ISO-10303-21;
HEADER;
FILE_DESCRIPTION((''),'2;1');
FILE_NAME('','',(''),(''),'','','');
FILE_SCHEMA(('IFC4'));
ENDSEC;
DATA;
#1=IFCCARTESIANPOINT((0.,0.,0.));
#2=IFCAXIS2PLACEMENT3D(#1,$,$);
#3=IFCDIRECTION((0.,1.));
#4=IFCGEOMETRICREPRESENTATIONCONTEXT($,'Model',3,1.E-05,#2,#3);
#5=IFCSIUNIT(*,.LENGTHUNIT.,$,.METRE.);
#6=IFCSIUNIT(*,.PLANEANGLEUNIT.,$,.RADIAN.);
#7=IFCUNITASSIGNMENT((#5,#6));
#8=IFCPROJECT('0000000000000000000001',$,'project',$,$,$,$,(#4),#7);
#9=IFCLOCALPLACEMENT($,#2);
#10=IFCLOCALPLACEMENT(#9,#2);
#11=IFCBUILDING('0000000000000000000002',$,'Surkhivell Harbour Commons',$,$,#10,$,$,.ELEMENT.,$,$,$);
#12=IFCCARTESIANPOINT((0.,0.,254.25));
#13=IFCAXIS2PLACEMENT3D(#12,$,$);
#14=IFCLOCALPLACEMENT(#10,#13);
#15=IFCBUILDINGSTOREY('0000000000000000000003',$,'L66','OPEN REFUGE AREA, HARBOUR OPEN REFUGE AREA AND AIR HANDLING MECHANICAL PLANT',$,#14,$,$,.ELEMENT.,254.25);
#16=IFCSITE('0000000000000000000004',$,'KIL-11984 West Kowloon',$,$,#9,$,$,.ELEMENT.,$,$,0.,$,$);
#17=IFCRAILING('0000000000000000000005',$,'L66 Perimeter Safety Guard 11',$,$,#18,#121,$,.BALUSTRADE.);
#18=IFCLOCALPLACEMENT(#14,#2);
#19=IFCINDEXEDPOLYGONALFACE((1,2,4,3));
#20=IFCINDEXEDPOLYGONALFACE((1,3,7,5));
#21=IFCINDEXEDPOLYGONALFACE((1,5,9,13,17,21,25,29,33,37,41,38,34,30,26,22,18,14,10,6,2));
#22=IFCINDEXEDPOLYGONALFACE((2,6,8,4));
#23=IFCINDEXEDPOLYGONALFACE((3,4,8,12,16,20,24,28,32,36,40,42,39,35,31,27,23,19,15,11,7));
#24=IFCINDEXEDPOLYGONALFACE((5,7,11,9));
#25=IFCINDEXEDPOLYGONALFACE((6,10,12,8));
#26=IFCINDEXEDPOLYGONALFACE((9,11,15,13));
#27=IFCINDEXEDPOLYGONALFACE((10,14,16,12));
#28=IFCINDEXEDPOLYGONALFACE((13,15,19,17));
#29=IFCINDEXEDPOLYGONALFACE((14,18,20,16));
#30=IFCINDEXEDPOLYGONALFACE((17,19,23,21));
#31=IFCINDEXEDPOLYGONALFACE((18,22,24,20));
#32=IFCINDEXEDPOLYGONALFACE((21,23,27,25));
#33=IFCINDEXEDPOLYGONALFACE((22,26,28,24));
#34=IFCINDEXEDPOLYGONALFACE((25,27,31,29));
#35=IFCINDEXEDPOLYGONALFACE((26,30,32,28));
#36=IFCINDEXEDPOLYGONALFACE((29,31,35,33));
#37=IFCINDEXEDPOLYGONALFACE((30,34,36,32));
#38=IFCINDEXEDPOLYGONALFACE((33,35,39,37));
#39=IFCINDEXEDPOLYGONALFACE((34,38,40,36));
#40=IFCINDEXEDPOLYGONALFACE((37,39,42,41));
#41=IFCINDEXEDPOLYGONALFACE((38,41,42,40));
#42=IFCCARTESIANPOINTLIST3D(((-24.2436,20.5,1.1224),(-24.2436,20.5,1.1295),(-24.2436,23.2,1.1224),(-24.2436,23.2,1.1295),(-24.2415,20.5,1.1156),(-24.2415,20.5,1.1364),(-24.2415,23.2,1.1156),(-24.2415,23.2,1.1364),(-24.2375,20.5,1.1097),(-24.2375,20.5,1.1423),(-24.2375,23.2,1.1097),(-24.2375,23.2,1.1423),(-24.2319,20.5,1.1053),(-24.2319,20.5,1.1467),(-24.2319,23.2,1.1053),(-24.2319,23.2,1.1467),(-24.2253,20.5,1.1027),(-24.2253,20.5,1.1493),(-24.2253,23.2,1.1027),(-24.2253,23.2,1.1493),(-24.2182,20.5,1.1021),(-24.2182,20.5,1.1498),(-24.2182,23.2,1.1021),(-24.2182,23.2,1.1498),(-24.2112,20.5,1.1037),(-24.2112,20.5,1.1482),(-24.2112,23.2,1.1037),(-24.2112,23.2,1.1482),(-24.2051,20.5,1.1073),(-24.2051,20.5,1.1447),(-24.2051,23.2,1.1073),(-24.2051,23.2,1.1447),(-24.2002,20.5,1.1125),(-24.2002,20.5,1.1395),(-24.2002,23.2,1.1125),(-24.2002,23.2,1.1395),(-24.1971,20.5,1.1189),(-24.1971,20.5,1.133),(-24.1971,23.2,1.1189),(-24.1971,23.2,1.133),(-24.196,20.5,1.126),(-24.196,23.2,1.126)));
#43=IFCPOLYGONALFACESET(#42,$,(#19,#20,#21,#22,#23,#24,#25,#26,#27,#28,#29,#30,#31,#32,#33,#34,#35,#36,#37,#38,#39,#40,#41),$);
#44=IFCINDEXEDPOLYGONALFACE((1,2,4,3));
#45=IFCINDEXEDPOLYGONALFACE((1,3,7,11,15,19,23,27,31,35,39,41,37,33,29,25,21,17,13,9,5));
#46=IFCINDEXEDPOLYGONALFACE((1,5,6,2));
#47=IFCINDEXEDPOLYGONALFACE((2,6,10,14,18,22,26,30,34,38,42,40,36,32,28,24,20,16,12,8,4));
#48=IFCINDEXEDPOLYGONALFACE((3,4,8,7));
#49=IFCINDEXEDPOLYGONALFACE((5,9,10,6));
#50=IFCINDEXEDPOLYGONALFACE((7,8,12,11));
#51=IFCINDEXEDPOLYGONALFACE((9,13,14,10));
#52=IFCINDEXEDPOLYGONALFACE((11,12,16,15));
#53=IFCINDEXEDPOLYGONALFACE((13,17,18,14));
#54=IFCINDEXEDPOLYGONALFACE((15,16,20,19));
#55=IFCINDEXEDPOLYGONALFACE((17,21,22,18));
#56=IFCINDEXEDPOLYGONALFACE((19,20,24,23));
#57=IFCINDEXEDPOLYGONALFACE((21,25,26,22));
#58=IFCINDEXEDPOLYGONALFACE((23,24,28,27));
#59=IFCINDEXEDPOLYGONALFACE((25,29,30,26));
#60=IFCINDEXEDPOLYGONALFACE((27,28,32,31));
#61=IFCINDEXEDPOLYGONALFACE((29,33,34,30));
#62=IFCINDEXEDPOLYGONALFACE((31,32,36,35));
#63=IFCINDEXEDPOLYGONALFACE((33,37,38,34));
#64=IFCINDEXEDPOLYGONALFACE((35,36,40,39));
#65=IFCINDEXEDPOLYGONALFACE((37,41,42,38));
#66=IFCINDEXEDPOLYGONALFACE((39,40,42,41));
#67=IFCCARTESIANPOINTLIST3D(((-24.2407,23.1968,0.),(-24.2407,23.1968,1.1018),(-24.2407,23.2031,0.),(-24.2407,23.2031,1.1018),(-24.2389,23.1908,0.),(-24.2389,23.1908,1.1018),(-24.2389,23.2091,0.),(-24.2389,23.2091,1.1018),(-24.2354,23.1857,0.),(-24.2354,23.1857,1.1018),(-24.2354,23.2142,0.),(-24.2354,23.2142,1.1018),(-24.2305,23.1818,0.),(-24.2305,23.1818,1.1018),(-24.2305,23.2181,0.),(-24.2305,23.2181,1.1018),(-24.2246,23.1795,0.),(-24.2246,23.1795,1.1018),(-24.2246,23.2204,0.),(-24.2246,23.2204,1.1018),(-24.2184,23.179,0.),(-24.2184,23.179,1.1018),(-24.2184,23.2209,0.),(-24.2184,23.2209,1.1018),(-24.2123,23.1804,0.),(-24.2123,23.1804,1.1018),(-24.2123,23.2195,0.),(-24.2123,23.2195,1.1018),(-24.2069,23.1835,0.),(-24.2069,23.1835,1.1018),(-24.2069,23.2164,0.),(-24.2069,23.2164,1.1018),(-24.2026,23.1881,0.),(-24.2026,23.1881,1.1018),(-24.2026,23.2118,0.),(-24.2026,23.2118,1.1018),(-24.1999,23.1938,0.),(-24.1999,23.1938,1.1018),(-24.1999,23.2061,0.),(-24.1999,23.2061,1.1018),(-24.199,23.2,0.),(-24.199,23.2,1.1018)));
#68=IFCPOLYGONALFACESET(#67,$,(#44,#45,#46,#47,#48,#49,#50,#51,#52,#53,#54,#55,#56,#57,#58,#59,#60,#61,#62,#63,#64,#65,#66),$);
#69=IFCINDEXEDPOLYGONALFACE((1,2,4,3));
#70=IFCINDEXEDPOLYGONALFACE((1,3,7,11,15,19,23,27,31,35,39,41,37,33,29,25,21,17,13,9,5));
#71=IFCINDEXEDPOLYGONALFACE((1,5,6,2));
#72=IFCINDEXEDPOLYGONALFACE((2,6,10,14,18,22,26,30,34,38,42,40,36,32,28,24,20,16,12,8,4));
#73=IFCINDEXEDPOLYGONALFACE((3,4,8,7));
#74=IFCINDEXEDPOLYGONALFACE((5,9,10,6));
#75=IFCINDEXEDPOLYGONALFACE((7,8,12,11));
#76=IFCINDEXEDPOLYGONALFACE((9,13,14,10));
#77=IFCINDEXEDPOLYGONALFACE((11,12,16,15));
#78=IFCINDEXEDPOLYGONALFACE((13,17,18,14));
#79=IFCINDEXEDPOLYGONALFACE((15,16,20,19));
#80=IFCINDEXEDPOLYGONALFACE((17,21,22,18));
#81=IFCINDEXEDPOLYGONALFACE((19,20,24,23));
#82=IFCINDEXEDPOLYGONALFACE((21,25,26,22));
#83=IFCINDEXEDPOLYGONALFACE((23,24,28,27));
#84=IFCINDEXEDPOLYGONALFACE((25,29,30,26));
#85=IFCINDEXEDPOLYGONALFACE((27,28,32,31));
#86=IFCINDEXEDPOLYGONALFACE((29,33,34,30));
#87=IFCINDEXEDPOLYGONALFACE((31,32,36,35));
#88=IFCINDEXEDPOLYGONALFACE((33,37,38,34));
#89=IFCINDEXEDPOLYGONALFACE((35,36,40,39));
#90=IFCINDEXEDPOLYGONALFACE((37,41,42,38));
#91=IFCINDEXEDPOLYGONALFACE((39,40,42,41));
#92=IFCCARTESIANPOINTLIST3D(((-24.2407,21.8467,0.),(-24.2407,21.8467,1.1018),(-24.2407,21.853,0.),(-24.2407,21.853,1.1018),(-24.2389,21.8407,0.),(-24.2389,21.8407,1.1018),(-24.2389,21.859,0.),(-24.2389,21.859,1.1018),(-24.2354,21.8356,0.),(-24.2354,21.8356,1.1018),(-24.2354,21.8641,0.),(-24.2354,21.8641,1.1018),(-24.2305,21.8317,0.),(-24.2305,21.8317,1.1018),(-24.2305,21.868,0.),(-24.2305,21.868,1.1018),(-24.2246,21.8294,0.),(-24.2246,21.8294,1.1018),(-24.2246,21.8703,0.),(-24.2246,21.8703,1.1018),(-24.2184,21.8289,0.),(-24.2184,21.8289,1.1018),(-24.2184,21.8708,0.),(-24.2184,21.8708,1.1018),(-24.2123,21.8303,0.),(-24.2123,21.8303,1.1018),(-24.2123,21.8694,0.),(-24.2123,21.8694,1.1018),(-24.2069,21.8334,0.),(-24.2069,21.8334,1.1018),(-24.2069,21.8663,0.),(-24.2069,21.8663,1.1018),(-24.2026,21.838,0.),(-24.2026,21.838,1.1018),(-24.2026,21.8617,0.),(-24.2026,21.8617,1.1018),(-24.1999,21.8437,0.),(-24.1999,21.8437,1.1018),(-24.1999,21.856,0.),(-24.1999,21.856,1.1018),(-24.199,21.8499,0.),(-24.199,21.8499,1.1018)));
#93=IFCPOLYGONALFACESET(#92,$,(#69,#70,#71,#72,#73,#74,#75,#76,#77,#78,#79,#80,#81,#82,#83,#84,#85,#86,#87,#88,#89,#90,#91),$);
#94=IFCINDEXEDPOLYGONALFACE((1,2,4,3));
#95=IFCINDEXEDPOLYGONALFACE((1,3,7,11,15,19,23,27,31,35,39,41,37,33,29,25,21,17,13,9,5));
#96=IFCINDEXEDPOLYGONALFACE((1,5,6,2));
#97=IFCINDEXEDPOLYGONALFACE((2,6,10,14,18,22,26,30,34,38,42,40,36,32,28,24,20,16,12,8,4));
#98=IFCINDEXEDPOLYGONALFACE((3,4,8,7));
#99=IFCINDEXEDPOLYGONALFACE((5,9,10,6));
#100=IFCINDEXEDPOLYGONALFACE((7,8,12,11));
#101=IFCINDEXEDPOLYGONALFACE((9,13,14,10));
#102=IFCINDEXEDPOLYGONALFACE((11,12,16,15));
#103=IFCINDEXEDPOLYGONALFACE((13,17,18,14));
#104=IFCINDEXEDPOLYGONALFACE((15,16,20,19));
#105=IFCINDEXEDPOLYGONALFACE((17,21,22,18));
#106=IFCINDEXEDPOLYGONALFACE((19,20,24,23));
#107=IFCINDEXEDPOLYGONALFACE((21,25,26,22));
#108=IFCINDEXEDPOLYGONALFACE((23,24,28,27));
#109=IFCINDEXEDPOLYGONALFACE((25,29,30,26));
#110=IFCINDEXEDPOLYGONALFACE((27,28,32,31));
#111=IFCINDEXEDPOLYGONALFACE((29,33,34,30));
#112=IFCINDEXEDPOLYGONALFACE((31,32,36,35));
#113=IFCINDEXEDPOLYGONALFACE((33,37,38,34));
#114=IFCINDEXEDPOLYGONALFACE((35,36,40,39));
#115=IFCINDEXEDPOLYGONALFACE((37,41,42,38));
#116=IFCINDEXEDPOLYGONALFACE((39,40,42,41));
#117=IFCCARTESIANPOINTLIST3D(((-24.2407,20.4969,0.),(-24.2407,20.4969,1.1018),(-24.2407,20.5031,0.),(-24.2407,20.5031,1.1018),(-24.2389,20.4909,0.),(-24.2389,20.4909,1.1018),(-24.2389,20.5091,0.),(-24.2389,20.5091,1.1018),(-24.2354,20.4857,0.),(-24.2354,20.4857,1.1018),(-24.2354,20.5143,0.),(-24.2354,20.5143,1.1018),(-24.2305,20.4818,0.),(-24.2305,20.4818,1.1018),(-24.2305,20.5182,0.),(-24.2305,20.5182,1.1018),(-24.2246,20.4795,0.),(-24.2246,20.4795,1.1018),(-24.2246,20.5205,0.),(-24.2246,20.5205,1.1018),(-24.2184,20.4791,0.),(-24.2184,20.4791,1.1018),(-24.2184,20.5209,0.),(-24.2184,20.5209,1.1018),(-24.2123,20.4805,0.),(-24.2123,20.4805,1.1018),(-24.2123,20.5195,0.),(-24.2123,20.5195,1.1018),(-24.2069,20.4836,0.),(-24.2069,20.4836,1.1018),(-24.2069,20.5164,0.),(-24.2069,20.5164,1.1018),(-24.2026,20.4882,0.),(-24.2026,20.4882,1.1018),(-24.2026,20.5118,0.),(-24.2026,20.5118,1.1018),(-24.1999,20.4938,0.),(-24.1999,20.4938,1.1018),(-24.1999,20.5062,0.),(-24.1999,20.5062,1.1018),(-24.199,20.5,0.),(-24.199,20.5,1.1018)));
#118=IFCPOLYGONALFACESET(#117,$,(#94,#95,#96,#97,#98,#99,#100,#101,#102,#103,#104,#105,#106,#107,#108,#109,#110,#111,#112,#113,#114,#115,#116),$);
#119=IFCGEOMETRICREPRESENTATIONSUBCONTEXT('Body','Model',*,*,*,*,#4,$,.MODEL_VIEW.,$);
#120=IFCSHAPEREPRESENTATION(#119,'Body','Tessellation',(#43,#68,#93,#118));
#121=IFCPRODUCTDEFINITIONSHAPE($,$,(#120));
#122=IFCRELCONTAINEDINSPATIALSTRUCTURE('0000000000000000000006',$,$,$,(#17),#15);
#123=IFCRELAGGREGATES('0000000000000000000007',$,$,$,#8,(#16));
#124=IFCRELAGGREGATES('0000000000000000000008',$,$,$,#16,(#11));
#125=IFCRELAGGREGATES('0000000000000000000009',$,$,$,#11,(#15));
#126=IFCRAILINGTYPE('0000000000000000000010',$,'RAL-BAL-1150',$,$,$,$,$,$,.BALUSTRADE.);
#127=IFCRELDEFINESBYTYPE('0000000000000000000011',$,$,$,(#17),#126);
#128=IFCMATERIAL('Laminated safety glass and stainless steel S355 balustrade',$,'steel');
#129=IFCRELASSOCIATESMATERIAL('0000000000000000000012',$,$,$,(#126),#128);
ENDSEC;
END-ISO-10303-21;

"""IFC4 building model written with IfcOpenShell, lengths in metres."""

from ifc_helpers import new_model, si_unit, direction, frame, origin, origin_2d, place, context, subcontext, project, spatial, circle, extrude, material, type_object, element, save


model = new_model("IFC4")

# Units and contexts
model_context = context("Model", 3, precision=1e-05, world=origin(), true_north=direction((0.0, 1.0)))
body_context = subcontext(model_context, "Body", "Model", "MODEL_VIEW")
ifc_project = project(units=[si_unit("LENGTHUNIT", "METRE"), si_unit("PLANEANGLEUNIT", "RADIAN")], contexts=[model_context])

# Site, building, storey
site_placement = place(None, origin())
site = spatial("IfcSite", under=ifc_project, at=site_placement, Name="KIL-11984 West Kowloon", CompositionType="ELEMENT", RefElevation=0.0)
building_placement = place(site_placement, origin())
building = spatial("IfcBuilding", under=site, at=building_placement, Name="Surkhivell Harbour Commons", CompositionType="ELEMENT")
storey_placement = place(building_placement, frame((0.0, 0.0, 254.25)))
storey = spatial("IfcBuildingStorey", under=building, at=storey_placement, Name="L66", Description="OPEN REFUGE AREA, HARBOUR OPEN REFUGE AREA AND AIR HANDLING MECHANICAL PLANT", CompositionType="ELEMENT", Elevation=254.25)

# Railing
ifc_material_1 = material(Name="Laminated safety glass and stainless steel S355 balustrade", Category="steel")
railing_type = type_object("IfcRailingType", Name="RAL-BAL-1150", PredefinedType="BALUSTRADE", material=ifc_material_1)
railing_1_placement = place(storey_placement, frame((-24.22, 23.2, 0.0)))
element("IfcRailing", 1, at=railing_1_placement, inside=storey, type_object=railing_type, Name="L66 Perimeter Safety Guard 11", PredefinedType="BALUSTRADE", context=body_context, shape_type="SweptSolid", body=[
    extrude(circle(Radius=0.0239, at=origin_2d()), frame((0.0, 0.0, 1.126), z_axis=(0.0, -1.0, 0.0), x_axis=(1.0, 0.0, 0.0)), (0.0, 0.0, 1.0), 2.7),
    extrude(circle(Radius=0.021, at=origin_2d()), origin(), (0.0, 0.0, 1.0), 1.1018),
    extrude(circle(Radius=0.021, at=origin_2d()), frame((0.0, -1.3501, 0.0)), (0.0, 0.0, 1.0), 1.1018),
    extrude(circle(Radius=0.021, at=origin_2d()), frame((0.0, -2.7, 0.0)), (0.0, 0.0, 1.0), 1.1018),
])

save(model, "model.ifc")
